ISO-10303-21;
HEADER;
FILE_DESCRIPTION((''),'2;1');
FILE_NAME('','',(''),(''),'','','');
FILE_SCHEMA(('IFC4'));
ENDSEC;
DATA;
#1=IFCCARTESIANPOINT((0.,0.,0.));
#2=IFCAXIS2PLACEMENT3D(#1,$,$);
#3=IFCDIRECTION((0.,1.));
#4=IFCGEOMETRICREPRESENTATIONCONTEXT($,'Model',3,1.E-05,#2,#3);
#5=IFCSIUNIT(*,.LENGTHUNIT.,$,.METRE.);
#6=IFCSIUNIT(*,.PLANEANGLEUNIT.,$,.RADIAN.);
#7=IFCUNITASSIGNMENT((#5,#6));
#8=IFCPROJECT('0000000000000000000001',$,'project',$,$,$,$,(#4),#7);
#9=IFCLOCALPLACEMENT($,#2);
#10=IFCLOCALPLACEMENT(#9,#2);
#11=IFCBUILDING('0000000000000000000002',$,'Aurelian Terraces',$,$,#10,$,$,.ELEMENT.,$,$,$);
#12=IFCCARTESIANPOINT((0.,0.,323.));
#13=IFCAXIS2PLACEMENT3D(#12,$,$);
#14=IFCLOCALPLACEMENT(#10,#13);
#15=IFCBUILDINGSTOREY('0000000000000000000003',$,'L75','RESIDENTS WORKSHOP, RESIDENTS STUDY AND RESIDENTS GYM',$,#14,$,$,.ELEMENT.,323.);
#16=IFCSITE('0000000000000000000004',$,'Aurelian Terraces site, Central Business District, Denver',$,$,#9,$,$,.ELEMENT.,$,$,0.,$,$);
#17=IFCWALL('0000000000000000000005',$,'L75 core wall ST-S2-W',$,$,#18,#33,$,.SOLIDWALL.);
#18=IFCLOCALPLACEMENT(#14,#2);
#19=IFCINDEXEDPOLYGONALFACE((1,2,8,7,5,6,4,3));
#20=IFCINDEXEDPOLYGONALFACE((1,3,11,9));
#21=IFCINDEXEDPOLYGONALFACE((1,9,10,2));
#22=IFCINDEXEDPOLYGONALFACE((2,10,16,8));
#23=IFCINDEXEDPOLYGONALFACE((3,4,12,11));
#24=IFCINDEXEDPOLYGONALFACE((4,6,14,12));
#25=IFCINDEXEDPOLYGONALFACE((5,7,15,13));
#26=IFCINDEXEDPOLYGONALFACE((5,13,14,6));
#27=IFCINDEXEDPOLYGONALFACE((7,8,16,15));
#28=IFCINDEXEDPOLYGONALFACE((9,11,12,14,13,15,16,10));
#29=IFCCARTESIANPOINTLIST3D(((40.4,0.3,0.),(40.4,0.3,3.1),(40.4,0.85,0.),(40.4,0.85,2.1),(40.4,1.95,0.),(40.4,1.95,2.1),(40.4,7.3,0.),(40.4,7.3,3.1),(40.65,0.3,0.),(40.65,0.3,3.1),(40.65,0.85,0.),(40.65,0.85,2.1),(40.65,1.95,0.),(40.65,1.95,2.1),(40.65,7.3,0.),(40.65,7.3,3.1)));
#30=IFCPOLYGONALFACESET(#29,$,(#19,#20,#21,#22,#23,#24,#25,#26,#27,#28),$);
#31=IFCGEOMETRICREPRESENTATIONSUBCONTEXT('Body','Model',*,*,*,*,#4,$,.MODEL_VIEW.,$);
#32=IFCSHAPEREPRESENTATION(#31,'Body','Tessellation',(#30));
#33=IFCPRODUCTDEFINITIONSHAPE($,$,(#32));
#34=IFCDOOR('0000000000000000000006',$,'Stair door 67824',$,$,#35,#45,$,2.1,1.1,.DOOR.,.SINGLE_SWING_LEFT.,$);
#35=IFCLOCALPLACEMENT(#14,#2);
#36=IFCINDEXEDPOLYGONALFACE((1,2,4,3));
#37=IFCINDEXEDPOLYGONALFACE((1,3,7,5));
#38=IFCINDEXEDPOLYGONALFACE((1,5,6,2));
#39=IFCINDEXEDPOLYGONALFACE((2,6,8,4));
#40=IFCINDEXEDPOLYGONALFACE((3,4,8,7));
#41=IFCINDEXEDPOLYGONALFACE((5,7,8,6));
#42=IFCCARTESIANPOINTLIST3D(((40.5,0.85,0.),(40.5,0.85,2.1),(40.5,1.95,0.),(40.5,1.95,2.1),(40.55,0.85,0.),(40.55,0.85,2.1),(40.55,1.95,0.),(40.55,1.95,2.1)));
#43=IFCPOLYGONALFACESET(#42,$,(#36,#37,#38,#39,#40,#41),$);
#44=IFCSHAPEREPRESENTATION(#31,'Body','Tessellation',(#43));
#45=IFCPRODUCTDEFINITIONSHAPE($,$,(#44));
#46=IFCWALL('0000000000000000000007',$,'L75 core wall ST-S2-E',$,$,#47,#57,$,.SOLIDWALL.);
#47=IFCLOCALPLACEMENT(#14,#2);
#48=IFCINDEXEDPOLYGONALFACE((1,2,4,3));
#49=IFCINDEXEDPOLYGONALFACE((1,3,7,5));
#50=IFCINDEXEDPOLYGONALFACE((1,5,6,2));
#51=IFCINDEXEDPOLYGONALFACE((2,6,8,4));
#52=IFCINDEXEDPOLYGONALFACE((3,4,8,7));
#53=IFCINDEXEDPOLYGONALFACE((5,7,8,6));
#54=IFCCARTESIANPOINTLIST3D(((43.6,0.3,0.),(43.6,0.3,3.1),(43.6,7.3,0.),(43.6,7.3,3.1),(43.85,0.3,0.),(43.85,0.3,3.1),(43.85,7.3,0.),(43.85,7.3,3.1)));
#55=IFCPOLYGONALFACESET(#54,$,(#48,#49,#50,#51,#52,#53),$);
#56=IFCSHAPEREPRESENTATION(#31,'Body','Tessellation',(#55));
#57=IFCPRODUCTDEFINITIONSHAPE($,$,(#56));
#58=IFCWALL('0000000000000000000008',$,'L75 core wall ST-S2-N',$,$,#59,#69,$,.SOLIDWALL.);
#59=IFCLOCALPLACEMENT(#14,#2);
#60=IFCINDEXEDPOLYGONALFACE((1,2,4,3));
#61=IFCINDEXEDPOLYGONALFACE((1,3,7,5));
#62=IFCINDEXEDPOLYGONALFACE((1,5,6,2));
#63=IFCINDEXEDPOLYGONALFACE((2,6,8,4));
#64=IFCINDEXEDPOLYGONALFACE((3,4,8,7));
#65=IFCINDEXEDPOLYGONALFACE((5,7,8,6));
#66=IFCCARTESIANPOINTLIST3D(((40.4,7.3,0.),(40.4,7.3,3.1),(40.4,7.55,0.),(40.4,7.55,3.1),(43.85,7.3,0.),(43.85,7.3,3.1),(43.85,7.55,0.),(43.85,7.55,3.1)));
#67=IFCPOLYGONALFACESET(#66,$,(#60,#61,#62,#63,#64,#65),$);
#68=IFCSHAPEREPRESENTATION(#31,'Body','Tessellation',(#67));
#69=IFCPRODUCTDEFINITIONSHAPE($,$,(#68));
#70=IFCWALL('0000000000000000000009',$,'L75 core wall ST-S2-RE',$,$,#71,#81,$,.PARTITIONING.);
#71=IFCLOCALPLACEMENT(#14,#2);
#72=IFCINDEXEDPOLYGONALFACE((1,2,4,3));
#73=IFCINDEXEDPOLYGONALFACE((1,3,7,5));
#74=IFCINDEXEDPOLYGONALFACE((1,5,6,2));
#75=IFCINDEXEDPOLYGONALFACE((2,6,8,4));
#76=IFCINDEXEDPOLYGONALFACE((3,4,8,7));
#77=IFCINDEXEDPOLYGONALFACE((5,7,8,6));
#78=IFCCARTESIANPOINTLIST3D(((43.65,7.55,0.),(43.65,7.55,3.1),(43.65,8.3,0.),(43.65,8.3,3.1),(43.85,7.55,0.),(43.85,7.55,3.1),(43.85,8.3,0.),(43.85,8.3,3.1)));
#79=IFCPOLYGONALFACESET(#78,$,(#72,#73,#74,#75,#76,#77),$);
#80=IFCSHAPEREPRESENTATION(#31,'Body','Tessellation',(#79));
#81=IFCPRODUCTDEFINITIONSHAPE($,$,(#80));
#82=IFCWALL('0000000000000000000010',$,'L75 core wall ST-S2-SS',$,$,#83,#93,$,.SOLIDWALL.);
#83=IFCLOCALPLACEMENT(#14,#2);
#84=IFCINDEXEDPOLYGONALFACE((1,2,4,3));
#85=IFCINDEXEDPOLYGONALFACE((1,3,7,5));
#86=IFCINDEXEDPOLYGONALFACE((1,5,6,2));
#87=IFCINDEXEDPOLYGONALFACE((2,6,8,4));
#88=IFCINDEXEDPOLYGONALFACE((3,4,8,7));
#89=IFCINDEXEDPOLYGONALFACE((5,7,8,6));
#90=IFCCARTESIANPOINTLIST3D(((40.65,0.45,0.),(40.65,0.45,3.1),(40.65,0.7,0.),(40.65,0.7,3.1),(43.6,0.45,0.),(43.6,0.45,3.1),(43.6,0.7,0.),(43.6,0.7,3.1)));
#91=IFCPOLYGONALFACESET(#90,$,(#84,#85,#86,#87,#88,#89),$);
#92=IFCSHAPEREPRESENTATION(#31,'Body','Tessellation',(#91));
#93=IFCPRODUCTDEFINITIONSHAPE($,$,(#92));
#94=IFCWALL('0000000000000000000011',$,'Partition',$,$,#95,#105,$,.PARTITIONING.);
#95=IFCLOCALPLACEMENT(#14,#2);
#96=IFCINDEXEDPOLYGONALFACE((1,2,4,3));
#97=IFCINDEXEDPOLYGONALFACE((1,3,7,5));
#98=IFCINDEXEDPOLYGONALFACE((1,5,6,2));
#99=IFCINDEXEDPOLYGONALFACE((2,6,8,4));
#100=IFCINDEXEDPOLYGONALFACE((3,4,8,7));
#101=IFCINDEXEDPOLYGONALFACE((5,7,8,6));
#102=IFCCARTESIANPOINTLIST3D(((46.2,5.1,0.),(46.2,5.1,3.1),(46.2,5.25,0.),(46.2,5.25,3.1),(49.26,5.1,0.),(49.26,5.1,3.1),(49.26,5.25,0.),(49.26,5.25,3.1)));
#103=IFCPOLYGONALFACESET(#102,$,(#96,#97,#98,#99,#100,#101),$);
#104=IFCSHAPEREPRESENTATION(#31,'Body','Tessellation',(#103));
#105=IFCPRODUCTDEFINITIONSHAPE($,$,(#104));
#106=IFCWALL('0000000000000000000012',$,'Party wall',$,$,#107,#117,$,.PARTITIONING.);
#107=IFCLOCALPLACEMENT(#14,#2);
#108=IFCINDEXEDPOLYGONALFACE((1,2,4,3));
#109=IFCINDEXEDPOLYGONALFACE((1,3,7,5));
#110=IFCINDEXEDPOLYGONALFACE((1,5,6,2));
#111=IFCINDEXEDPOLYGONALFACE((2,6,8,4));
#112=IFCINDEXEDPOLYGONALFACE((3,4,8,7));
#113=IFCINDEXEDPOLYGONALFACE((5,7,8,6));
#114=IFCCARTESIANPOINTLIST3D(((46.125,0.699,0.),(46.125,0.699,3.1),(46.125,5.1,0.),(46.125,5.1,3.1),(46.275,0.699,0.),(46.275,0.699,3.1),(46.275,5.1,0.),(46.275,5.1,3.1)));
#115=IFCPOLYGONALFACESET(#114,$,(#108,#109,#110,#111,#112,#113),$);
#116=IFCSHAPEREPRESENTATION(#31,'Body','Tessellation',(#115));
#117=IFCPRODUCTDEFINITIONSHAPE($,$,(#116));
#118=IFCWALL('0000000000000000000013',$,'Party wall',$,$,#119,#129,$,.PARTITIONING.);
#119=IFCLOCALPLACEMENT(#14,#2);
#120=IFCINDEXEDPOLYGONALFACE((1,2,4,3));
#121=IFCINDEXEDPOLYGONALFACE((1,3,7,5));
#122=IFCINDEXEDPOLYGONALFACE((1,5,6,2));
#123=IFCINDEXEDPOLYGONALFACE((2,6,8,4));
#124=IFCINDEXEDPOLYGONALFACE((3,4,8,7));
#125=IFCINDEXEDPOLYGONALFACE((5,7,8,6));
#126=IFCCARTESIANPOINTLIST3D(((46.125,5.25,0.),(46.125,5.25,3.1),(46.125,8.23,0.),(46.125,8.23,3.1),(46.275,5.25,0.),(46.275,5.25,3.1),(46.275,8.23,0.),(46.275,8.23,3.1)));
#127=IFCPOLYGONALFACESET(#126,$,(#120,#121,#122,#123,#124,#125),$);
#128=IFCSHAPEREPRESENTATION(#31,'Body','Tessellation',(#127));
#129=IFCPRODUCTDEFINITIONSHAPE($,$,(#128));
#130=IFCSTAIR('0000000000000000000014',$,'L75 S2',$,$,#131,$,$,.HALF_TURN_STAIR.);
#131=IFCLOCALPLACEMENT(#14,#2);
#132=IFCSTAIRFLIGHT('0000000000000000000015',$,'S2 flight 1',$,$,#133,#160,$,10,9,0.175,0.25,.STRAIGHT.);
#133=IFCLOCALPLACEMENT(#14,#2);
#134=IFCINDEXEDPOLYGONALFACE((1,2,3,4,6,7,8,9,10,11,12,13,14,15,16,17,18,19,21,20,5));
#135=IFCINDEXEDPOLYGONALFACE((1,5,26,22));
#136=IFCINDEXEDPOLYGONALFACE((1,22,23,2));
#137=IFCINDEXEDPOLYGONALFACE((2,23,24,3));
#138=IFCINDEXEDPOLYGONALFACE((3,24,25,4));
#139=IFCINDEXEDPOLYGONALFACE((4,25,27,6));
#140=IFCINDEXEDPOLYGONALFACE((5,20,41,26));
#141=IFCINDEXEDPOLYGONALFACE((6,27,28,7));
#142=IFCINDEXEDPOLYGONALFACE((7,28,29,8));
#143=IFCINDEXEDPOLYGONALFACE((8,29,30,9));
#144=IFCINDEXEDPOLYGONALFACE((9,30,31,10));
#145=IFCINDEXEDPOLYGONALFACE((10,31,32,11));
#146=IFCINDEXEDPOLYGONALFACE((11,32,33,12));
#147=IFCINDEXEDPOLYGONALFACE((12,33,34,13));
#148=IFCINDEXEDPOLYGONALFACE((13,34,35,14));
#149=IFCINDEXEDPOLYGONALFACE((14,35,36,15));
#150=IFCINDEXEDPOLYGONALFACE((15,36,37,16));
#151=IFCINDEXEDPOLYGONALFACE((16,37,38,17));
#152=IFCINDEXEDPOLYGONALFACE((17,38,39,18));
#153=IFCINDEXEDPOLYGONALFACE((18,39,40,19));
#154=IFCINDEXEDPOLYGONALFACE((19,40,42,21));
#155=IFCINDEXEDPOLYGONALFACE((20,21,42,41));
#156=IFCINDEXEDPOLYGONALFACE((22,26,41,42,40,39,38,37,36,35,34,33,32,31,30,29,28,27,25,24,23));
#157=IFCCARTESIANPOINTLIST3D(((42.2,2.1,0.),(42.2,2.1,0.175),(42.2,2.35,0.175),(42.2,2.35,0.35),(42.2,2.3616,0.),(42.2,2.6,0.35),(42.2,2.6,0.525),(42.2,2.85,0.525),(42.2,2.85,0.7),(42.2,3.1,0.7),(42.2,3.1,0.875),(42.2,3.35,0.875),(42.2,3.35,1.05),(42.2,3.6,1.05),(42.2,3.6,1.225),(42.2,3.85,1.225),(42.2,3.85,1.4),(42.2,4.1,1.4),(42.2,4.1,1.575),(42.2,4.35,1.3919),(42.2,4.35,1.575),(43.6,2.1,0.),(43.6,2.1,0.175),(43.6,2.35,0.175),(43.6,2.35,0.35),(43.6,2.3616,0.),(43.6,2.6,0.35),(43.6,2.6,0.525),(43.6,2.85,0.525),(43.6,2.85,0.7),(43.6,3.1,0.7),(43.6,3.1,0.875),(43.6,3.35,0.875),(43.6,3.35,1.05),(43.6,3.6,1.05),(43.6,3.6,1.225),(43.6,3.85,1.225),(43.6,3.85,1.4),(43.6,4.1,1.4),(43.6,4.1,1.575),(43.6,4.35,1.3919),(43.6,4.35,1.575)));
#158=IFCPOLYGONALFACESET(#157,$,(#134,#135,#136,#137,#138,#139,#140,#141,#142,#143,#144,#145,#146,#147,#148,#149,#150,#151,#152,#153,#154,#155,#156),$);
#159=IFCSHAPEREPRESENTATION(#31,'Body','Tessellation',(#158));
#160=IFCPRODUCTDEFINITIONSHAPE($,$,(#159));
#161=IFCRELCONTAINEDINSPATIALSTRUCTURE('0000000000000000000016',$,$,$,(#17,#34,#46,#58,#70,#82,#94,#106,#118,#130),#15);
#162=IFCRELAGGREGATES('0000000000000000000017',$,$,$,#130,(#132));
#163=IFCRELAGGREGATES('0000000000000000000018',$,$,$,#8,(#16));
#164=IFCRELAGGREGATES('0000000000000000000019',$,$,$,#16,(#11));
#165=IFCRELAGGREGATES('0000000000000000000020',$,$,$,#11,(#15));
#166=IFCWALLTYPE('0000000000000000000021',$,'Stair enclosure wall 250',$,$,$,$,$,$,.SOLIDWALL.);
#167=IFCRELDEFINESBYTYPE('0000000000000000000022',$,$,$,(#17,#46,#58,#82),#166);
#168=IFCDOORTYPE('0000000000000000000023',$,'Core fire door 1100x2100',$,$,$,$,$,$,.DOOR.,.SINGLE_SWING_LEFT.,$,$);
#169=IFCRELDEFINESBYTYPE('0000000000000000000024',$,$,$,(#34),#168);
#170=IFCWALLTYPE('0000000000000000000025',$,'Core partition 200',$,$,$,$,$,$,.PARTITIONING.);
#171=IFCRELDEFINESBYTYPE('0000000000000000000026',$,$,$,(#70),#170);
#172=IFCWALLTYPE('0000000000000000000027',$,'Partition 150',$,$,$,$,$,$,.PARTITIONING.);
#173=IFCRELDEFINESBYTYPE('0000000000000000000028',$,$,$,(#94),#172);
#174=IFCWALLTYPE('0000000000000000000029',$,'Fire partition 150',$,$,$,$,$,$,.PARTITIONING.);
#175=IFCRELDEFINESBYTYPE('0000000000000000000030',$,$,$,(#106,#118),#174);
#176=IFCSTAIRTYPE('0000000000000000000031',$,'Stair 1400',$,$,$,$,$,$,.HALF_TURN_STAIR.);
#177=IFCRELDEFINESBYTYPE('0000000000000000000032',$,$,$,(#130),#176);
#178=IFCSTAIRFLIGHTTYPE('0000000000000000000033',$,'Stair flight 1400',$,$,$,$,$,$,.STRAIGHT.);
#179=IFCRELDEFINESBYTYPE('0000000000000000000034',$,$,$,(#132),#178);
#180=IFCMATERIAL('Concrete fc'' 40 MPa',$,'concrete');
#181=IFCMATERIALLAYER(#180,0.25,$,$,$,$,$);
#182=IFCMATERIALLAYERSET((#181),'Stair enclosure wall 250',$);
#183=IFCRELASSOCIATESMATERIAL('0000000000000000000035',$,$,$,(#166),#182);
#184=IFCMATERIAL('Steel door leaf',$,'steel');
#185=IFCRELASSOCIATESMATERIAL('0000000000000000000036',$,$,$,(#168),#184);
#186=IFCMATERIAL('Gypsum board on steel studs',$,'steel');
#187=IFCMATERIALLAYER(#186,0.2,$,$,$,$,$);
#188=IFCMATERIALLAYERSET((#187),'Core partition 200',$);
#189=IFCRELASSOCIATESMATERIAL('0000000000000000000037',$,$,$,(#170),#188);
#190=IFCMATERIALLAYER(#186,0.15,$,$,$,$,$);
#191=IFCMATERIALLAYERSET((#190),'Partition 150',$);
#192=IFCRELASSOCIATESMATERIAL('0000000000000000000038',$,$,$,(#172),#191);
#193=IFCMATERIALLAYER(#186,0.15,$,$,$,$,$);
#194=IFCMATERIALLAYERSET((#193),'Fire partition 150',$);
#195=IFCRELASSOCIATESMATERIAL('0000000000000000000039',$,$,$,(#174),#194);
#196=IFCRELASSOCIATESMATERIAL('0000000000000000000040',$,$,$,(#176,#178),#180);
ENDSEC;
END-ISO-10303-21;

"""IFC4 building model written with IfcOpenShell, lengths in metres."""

from ifc_helpers import new_model, si_unit, direction, frame, frame_2d, origin, place, context, subcontext, project, spatial, polyline, rectangle, outline, extrude, source, transform, mapped, material, layer, layer_set, type_object, element, fill, aggregate, save


model = new_model("IFC4")

# Units and contexts
model_context = context("Model", 3, precision=1e-05, world=origin(), true_north=direction((0.0, 1.0)))
body_context = subcontext(model_context, "Body", "Model", "MODEL_VIEW")
ifc_project = project(units=[si_unit("LENGTHUNIT", "METRE"), si_unit("PLANEANGLEUNIT", "RADIAN")], contexts=[model_context])

# Site, building, storey
site_placement = place(None, origin())
site = spatial("IfcSite", under=ifc_project, at=site_placement, Name="Aurelian Terraces site, Central Business District, Denver", CompositionType="ELEMENT", RefElevation=0.0)
building_placement = place(site_placement, origin())
building = spatial("IfcBuilding", under=site, at=building_placement, Name="Aurelian Terraces", CompositionType="ELEMENT")
storey_placement = place(building_placement, frame((0.0, 0.0, 323.0)))
storey = spatial("IfcBuildingStorey", under=building, at=storey_placement, Name="L75", Description="RESIDENTS WORKSHOP, RESIDENTS STUDY AND RESIDENTS GYM", CompositionType="ELEMENT", Elevation=323.0)

# Wall, opening, door
ifc_material_1 = material(Name="Concrete fc' 40 MPa", Category="concrete")
ifc_layer_1 = layer(ifc_material_1, 0.25)
ifc_layer_set_1 = layer_set([ifc_layer_1], Name="Stair enclosure wall 250")
wall_type_1 = type_object("IfcWallType", Name="Stair enclosure wall 250", PredefinedType="SOLIDWALL", material=ifc_layer_set_1)
shared_shape_1 = source(origin(), body_context, "Body", "SweptSolid", [
    extrude(rectangle(XDim=7.0, YDim=0.25, at=frame_2d((3.5, 0.0))), origin(), (0.0, 0.0, 1.0), 3.1),
])
wall_1_placement = place(storey_placement, frame((40.525, 0.3, 0.0), z_axis=(0.0, 0.0, 1.0), x_axis=(0.0, 1.0, 0.0)))
wall_1 = element("IfcWall", 1, at=wall_1_placement, inside=storey, type_object=wall_type_1, Name="L75 core wall ST-S2-W", PredefinedType="SOLIDWALL", context=body_context, shape_type="MappedRepresentation", body=[
    mapped(shared_shape_1, transform((0.0, 0.0, 0.0), scale=1.0)),
])
shared_shape_2 = source(origin(), body_context, "Body", "SweptSolid", [
    extrude(rectangle(XDim=1.1, YDim=2.1, at=frame_2d((0.55, 1.05))), frame((0.0, 0.135, 0.0), z_axis=(0.0, -1.0, 0.0), x_axis=(1.0, 0.0, 0.0)), (0.0, 0.0, 1.0), 0.27),
])
opening_1_placement = place(wall_1_placement, frame((0.55, 0.0, 0.0)))
opening_1 = element("IfcOpeningElement", 2, at=opening_1_placement, cuts=wall_1, PredefinedType="OPENING", context=body_context, shape_type="MappedRepresentation", body=[
    mapped(shared_shape_2, transform((0.0, 0.0, 0.0), scale=1.0)),
])
ifc_material_2 = material(Name="Steel door leaf", Category="steel")
door_type = type_object("IfcDoorType", Name="Core fire door 1100x2100", OperationType="SINGLE_SWING_LEFT", PredefinedType="DOOR", material=ifc_material_2)
shared_shape_3 = source(origin(), body_context, "Body", "SweptSolid", [
    extrude(rectangle(XDim=1.1, YDim=2.1, at=frame_2d((0.55, 1.05))), frame((0.0, 0.025, 0.0), z_axis=(0.0, -1.0, 0.0), x_axis=(1.0, 0.0, 0.0)), (0.0, 0.0, 1.0), 0.05),
])
door_placement = place(opening_1_placement, origin())
door = element("IfcDoor", 3, at=door_placement, inside=storey, type_object=door_type, Name="Stair door 67824", OperationType="SINGLE_SWING_LEFT", OverallHeight=2.1, OverallWidth=1.1, PredefinedType="DOOR", context=body_context, shape_type="MappedRepresentation", body=[
    mapped(shared_shape_3, transform((0.0, 0.0, 0.0), scale=1.0)),
])
fill(opening_1, door)

# Walls
wall_2_placement = place(storey_placement, frame((43.725, 0.3, 0.0), z_axis=(0.0, 0.0, 1.0), x_axis=(0.0, 1.0, 0.0)))
element("IfcWall", 4, at=wall_2_placement, inside=storey, type_object=wall_type_1, Name="L75 core wall ST-S2-E", PredefinedType="SOLIDWALL", context=body_context, shape_type="MappedRepresentation", body=[
    mapped(shared_shape_1, transform((0.0, 0.0, 0.0), scale=1.0)),
])
shared_shape_4 = source(origin(), body_context, "Body", "SweptSolid", [
    extrude(rectangle(XDim=3.45, YDim=0.25, at=frame_2d((1.725, 0.0))), origin(), (0.0, 0.0, 1.0), 3.1),
])
wall_3_placement = place(storey_placement, frame((40.4, 7.425, 0.0), z_axis=(0.0, 0.0, 1.0), x_axis=(1.0, 0.0, 0.0)))
element("IfcWall", 5, at=wall_3_placement, inside=storey, type_object=wall_type_1, Name="L75 core wall ST-S2-N", PredefinedType="SOLIDWALL", context=body_context, shape_type="MappedRepresentation", body=[
    mapped(shared_shape_4, transform((0.0, 0.0, 0.0), scale=1.0)),
])
ifc_material_3 = material(Name="Gypsum board on steel studs", Category="steel")
ifc_layer_2 = layer(ifc_material_3, 0.2)
ifc_layer_set_2 = layer_set([ifc_layer_2], Name="Core partition 200")
wall_type_2 = type_object("IfcWallType", Name="Core partition 200", PredefinedType="PARTITIONING", material=ifc_layer_set_2)
shared_shape_5 = source(origin(), body_context, "Body", "SweptSolid", [
    extrude(rectangle(XDim=0.75, YDim=0.2, at=frame_2d((0.375, 0.0))), origin(), (0.0, 0.0, 1.0), 3.1),
])
wall_4_placement = place(storey_placement, frame((43.75, 7.55, 0.0), z_axis=(0.0, 0.0, 1.0), x_axis=(0.0, 1.0, 0.0)))
element("IfcWall", 6, at=wall_4_placement, inside=storey, type_object=wall_type_2, Name="L75 core wall ST-S2-RE", PredefinedType="PARTITIONING", context=body_context, shape_type="MappedRepresentation", body=[
    mapped(shared_shape_5, transform((0.0, 0.0, 0.0), scale=1.0)),
])
shared_shape_6 = source(origin(), body_context, "Body", "SweptSolid", [
    extrude(rectangle(XDim=2.95, YDim=0.25, at=frame_2d((1.475, 0.0))), origin(), (0.0, 0.0, 1.0), 3.1),
])
wall_5_placement = place(storey_placement, frame((40.65, 0.575, 0.0), z_axis=(0.0, 0.0, 1.0), x_axis=(1.0, 0.0, 0.0)))
element("IfcWall", 7, at=wall_5_placement, inside=storey, type_object=wall_type_1, Name="L75 core wall ST-S2-SS", PredefinedType="SOLIDWALL", context=body_context, shape_type="MappedRepresentation", body=[
    mapped(shared_shape_6, transform((0.0, 0.0, 0.0), scale=1.0)),
])
ifc_layer_3 = layer(ifc_material_3, 0.15)
ifc_layer_set_3 = layer_set([ifc_layer_3], Name="Partition 150")
wall_type_3 = type_object("IfcWallType", Name="Partition 150", PredefinedType="PARTITIONING", material=ifc_layer_set_3)
shared_shape_7 = source(origin(), body_context, "Body", "SweptSolid", [
    extrude(rectangle(XDim=3.06, YDim=0.15, at=frame_2d((1.53, 0.0))), origin(), (0.0, 0.0, 1.0), 3.1),
])
wall_6_placement = place(storey_placement, frame((49.26, 5.175, 0.0), z_axis=(0.0, 0.0, 1.0), x_axis=(-1.0, 0.0, 0.0)))
element("IfcWall", 8, at=wall_6_placement, inside=storey, type_object=wall_type_3, Name="Partition", PredefinedType="PARTITIONING", context=body_context, shape_type="MappedRepresentation", body=[
    mapped(shared_shape_7, transform((0.0, 0.0, 0.0), scale=1.0)),
])
ifc_layer_4 = layer(ifc_material_3, 0.15)
ifc_layer_set_4 = layer_set([ifc_layer_4], Name="Fire partition 150")
wall_type_4 = type_object("IfcWallType", Name="Fire partition 150", PredefinedType="PARTITIONING", material=ifc_layer_set_4)
shared_shape_8 = source(origin(), body_context, "Body", "SweptSolid", [
    extrude(rectangle(XDim=4.401, YDim=0.15, at=frame_2d((2.2005, 0.0))), origin(), (0.0, 0.0, 1.0), 3.1),
])
wall_7_placement = place(storey_placement, frame((46.2, 0.699, 0.0), z_axis=(0.0, 0.0, 1.0), x_axis=(0.0, 1.0, 0.0)))
element("IfcWall", 9, at=wall_7_placement, inside=storey, type_object=wall_type_4, Name="Party wall", PredefinedType="PARTITIONING", context=body_context, shape_type="MappedRepresentation", body=[
    mapped(shared_shape_8, transform((0.0, 0.0, 0.0), scale=1.0)),
])
shared_shape_9 = source(origin(), body_context, "Body", "SweptSolid", [
    extrude(rectangle(XDim=2.98, YDim=0.15, at=frame_2d((1.49, 0.0))), origin(), (0.0, 0.0, 1.0), 3.1),
])
wall_8_placement = place(storey_placement, frame((46.2, 5.25, 0.0), z_axis=(0.0, 0.0, 1.0), x_axis=(0.0, 1.0, 0.0)))
element("IfcWall", 10, at=wall_8_placement, inside=storey, type_object=wall_type_4, Name="Party wall", PredefinedType="PARTITIONING", context=body_context, shape_type="MappedRepresentation", body=[
    mapped(shared_shape_9, transform((0.0, 0.0, 0.0), scale=1.0)),
])

# Stair, stair flight
stair_type = type_object("IfcStairType", Name="Stair 1400", PredefinedType="HALF_TURN_STAIR", material=ifc_material_1)
stair_placement = place(storey_placement, origin())
stair = element("IfcStair", 11, at=stair_placement, inside=storey, type_object=stair_type, Name="L75 S2", PredefinedType="HALF_TURN_STAIR")
stair_flight_type = type_object("IfcStairFlightType", Name="Stair flight 1400", PredefinedType="STRAIGHT", material=ifc_material_1)
shared_shape_10 = source(origin(), body_context, "Body", "SweptSolid", [
    extrude(outline(polyline([(0.0, 0.0), (0.0, 0.175), (0.25, 0.175), (0.25, 0.35), (0.5, 0.35), (0.5, 0.525), (0.75, 0.525), (0.75, 0.7), (1.0, 0.7), (1.0, 0.875), (1.25, 0.875), (1.25, 1.05), (1.5, 1.05), (1.5, 1.225), (1.75, 1.225), (1.75, 1.4), (2.0, 1.4), (2.0, 1.575), (2.25, 1.575), (2.25, 1.75), (2.25, 1.3919), (0.2616, 0.0), (0.0, 0.0)])), frame((0.0, 0.7, 0.0), z_axis=(0.0, -1.0, 0.0), x_axis=(1.0, 0.0, 0.0)), (0.0, 0.0, 1.0), 1.4),
])
stair_flight_1_placement = place(storey_placement, frame((42.9, 2.1, 0.0), z_axis=(0.0, 0.0, 1.0), x_axis=(0.0, 1.0, 0.0)))
stair_flight_1 = element("IfcStairFlight", 12, at=stair_flight_1_placement, type_object=stair_flight_type, Name="S2 flight 1", NumberOfRisers=10, NumberOfTreads=9, PredefinedType="STRAIGHT", RiserHeight=0.175, TreadLength=0.25, context=body_context, shape_type="MappedRepresentation", body=[
    mapped(shared_shape_10, transform((0.0, 0.0, 0.0), scale=1.0)),
])
aggregate(stair, [stair_flight_1])

save(model, "model.ifc")
